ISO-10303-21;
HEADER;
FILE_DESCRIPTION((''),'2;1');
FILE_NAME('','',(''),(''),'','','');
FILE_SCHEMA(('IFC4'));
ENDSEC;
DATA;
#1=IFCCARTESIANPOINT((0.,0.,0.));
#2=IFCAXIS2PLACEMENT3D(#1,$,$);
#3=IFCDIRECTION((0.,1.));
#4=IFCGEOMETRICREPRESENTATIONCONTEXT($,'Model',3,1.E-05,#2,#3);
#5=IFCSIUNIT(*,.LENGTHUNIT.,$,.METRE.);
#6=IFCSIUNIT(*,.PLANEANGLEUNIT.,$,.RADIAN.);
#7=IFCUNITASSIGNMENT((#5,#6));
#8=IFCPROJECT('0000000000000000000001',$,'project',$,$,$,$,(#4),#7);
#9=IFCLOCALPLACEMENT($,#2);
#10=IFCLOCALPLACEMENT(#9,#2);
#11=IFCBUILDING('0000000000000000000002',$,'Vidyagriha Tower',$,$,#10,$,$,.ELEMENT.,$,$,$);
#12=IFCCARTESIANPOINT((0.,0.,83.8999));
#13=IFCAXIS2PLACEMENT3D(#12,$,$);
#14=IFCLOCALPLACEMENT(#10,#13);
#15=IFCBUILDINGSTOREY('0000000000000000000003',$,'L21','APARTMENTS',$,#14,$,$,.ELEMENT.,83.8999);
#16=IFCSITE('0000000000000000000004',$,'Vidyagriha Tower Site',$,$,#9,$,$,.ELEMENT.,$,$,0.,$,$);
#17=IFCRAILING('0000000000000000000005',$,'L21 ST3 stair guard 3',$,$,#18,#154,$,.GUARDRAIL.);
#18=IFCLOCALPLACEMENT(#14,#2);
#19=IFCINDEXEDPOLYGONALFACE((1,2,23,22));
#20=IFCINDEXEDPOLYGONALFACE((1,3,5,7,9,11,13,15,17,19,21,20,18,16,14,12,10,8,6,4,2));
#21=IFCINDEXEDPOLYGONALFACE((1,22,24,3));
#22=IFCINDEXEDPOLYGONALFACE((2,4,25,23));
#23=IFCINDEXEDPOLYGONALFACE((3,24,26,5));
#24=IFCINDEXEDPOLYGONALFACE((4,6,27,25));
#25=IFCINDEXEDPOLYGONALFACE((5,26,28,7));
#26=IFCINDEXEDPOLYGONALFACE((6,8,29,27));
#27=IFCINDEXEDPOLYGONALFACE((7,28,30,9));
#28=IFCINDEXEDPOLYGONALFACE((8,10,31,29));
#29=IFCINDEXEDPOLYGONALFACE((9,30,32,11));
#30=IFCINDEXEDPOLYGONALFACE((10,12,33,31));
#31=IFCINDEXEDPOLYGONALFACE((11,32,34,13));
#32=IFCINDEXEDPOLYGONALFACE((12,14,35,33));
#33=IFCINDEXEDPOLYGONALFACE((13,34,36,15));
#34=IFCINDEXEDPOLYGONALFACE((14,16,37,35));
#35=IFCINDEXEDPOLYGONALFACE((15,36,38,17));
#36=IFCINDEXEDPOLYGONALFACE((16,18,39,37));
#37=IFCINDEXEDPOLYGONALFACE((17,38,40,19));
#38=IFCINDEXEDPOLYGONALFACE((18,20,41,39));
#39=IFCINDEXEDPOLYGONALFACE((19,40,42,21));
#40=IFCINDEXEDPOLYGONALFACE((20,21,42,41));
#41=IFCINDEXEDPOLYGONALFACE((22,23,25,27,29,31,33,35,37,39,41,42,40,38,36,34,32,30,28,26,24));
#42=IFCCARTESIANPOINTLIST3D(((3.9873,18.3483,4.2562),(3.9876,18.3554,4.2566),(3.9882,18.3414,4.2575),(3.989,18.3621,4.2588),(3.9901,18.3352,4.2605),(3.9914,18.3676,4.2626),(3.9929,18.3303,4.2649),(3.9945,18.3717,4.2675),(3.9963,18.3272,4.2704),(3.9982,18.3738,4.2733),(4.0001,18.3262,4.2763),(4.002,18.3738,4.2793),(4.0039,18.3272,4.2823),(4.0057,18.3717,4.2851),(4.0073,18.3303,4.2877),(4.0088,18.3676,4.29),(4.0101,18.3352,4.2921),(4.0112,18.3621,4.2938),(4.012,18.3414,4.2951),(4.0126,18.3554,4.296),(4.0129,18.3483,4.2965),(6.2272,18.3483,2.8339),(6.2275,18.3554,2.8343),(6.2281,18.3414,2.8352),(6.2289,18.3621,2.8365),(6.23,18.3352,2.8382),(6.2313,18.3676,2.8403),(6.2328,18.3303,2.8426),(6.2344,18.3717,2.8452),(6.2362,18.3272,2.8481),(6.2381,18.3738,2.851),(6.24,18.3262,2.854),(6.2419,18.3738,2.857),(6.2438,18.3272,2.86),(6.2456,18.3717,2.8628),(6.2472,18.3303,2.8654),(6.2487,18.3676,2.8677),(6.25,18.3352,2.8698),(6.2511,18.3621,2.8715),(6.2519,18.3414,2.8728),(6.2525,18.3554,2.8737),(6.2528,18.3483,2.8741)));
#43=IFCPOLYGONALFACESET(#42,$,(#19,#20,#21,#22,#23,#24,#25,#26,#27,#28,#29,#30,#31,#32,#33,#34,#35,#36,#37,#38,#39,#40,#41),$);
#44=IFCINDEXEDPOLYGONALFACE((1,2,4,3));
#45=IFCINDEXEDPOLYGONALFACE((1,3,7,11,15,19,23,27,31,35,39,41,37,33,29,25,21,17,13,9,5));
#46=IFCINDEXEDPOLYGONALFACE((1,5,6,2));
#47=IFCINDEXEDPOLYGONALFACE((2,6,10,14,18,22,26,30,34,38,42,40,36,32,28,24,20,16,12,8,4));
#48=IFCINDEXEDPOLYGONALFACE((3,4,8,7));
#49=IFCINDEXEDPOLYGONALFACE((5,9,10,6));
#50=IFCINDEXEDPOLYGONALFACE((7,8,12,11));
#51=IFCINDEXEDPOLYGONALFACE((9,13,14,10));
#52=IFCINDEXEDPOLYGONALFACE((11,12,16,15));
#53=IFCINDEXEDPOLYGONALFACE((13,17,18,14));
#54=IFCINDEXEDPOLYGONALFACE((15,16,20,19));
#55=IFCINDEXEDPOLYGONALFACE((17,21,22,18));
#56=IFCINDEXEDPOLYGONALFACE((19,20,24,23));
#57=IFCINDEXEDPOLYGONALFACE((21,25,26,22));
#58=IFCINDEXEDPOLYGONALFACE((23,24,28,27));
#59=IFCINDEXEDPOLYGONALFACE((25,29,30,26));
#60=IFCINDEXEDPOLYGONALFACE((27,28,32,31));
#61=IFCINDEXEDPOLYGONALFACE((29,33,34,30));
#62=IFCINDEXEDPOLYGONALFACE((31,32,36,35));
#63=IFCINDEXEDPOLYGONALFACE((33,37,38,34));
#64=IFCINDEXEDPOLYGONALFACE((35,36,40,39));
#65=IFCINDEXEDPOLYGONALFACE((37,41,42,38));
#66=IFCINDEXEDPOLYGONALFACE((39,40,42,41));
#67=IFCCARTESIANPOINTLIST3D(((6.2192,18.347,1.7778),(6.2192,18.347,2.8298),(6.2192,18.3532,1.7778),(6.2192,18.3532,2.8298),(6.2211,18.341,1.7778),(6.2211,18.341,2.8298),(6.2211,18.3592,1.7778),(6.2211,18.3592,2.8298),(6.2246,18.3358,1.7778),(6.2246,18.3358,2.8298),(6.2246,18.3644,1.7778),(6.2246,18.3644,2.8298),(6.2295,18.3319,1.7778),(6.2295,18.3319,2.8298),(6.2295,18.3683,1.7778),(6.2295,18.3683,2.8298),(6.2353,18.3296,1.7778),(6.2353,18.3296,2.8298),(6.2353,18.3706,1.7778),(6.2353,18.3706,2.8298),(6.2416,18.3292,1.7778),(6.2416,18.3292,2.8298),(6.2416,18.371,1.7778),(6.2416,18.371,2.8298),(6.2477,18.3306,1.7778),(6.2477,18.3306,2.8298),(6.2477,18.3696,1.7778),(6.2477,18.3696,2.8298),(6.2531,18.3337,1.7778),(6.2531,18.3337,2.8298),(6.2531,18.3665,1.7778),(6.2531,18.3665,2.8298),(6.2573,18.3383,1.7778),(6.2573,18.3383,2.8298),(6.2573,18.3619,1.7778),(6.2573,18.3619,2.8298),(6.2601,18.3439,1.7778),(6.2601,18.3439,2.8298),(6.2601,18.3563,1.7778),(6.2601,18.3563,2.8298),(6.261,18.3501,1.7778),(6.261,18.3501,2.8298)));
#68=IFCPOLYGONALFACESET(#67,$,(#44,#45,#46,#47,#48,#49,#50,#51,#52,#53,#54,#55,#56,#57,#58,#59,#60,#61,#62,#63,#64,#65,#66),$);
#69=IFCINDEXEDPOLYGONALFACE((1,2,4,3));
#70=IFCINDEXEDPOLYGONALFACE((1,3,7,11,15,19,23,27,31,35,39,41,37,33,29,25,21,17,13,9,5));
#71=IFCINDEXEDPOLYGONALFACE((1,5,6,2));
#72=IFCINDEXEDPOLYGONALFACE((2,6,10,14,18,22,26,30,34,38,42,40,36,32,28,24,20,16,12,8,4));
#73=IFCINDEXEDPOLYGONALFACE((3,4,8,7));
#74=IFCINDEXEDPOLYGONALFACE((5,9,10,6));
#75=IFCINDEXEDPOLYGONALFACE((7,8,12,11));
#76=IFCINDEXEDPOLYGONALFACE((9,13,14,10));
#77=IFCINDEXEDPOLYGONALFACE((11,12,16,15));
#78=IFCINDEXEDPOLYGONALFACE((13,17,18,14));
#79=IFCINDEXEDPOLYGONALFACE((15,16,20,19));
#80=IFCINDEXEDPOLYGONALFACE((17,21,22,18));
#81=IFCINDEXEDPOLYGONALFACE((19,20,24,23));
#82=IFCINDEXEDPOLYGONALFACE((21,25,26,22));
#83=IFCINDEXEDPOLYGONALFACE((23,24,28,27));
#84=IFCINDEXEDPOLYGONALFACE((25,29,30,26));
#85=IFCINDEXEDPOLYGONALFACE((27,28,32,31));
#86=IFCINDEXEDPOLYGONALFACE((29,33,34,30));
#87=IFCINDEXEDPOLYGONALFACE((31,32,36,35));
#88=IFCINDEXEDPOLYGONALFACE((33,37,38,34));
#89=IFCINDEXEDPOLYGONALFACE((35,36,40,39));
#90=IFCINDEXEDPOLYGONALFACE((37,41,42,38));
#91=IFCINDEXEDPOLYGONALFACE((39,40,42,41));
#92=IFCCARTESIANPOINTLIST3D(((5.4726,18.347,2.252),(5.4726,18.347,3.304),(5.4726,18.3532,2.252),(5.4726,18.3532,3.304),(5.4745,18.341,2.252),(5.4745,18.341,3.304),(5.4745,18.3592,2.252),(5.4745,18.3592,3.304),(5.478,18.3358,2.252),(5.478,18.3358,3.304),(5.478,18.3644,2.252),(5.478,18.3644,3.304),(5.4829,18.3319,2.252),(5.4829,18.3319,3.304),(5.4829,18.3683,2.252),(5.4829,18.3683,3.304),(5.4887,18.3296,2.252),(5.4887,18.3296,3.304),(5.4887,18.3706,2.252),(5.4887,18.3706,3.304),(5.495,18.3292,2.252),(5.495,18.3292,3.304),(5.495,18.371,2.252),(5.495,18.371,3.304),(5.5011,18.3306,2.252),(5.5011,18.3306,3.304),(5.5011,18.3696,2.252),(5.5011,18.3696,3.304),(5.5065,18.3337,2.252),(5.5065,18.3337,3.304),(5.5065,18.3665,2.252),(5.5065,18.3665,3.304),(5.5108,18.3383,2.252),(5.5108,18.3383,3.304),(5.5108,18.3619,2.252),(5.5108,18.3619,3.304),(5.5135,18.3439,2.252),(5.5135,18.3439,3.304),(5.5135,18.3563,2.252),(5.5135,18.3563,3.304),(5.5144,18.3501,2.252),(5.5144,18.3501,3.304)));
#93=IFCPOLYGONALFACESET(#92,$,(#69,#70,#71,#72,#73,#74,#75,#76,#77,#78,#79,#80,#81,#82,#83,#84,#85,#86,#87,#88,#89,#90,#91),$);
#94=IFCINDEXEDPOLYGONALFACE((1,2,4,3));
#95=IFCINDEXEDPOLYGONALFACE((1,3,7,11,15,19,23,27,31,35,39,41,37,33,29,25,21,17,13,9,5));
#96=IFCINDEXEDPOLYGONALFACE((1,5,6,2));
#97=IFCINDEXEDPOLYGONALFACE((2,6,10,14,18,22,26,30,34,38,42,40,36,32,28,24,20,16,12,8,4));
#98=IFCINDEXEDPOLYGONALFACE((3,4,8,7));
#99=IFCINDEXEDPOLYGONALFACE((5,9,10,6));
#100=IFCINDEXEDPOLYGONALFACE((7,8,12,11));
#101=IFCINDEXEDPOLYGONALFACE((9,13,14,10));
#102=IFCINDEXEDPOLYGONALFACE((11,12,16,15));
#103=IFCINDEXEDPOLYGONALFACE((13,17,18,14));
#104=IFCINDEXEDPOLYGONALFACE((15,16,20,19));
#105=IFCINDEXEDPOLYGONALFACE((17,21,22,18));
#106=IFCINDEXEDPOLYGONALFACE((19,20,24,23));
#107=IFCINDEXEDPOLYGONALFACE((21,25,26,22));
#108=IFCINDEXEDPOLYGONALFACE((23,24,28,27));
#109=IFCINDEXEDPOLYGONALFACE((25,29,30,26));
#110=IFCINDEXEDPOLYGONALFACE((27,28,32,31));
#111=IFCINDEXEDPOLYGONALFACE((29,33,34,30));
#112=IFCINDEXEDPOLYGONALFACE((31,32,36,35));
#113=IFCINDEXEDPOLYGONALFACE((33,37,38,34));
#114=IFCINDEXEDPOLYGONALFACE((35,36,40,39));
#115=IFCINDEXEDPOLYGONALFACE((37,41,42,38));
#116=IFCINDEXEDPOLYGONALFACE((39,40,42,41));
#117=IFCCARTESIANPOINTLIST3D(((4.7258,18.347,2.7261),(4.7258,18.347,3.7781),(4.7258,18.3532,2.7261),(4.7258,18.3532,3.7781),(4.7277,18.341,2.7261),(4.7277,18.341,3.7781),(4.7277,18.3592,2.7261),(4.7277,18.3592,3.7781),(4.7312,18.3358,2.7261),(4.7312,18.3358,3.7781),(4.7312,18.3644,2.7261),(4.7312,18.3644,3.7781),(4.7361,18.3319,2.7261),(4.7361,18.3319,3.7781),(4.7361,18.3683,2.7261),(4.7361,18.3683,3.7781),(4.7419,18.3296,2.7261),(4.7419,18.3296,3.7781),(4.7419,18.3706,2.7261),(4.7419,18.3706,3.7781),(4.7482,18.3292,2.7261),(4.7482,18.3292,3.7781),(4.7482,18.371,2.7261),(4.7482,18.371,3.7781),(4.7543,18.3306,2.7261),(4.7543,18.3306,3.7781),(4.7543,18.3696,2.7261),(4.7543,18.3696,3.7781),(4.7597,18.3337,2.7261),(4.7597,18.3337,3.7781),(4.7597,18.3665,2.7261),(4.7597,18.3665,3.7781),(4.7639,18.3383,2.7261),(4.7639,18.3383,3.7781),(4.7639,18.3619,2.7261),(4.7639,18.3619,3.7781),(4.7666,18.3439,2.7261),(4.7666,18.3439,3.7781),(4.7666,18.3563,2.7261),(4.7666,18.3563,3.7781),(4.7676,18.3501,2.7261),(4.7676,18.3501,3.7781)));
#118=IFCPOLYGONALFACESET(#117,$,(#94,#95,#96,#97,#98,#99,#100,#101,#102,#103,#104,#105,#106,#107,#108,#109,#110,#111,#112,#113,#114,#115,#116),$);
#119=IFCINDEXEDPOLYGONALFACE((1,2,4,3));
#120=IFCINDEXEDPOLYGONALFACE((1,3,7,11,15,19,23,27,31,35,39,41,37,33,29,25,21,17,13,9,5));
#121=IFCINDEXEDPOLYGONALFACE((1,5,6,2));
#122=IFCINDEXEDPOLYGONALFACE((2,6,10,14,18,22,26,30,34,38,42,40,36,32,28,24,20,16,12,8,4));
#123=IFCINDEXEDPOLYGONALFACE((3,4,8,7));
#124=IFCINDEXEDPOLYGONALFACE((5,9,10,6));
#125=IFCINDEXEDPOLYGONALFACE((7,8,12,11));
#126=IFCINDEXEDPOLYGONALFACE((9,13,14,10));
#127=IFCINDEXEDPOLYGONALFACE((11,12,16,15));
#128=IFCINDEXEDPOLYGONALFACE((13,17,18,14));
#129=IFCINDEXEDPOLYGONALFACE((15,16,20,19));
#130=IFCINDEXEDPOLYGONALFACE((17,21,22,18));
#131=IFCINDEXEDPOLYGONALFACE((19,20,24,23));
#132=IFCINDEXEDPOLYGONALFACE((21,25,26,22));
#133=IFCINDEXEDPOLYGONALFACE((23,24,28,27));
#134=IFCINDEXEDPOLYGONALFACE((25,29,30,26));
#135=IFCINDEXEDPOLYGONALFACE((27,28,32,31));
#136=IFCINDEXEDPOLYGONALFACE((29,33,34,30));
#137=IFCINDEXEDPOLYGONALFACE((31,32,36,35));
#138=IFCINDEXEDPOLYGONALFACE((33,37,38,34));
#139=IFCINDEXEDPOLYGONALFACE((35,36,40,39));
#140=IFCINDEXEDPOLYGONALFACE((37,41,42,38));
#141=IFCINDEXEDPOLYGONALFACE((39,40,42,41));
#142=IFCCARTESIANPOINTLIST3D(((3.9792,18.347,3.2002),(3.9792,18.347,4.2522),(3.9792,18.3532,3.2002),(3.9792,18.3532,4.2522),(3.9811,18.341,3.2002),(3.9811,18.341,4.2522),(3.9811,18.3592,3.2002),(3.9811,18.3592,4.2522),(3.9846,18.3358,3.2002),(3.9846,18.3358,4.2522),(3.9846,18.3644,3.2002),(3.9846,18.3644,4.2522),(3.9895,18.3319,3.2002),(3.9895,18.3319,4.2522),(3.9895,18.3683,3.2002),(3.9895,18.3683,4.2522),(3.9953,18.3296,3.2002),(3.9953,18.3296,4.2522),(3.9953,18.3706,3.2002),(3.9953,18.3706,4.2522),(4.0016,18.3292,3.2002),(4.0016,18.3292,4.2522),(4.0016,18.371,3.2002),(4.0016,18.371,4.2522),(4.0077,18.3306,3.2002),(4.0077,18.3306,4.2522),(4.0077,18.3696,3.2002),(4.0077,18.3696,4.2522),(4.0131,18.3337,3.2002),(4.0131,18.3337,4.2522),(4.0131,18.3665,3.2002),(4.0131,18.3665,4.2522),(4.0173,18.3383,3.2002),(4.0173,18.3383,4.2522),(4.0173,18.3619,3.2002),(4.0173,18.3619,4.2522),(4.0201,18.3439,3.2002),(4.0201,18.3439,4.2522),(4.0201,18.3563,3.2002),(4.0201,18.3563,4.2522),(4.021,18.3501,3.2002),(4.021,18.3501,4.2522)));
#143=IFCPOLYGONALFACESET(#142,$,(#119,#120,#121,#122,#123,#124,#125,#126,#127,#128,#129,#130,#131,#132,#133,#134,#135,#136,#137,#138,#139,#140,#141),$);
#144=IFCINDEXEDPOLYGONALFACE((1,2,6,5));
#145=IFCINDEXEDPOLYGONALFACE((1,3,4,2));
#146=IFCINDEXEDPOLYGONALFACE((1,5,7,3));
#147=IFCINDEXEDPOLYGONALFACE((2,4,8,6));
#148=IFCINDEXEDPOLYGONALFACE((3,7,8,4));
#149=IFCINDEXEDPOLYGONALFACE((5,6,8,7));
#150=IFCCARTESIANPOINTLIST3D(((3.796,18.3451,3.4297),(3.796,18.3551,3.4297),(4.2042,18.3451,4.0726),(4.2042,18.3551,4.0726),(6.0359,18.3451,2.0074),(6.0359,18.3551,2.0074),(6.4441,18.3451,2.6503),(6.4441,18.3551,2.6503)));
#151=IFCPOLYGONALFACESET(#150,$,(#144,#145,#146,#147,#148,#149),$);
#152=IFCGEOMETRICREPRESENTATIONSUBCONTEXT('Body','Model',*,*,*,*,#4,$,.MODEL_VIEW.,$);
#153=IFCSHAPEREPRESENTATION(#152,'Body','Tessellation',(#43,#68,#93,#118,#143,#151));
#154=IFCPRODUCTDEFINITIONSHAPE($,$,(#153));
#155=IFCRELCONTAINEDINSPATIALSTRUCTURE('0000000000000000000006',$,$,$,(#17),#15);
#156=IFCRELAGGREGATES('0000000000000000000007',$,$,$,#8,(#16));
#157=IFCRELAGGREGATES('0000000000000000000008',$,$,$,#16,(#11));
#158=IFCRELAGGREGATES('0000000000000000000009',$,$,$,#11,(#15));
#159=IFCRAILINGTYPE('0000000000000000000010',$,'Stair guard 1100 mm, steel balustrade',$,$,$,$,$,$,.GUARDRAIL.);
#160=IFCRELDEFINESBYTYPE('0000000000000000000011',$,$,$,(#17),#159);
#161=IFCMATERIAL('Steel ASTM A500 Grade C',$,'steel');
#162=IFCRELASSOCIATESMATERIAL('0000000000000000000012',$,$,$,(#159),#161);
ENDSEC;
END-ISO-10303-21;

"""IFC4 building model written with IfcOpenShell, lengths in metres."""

from ifc_helpers import new_model, si_unit, direction, frame, origin, origin_2d, place, context, subcontext, project, spatial, rectangle, circle, extrude, material, type_object, element, save


model = new_model("IFC4")

# Units and contexts
model_context = context("Model", 3, precision=1e-05, world=origin(), true_north=direction((0.0, 1.0)))
body_context = subcontext(model_context, "Body", "Model", "MODEL_VIEW")
ifc_project = project(units=[si_unit("LENGTHUNIT", "METRE"), si_unit("PLANEANGLEUNIT", "RADIAN")], contexts=[model_context])

# Site, building, storey
site_placement = place(None, origin())
site = spatial("IfcSite", under=ifc_project, at=site_placement, Name="Vidyagriha Tower Site", CompositionType="ELEMENT", RefElevation=0.0)
building_placement = place(site_placement, origin())
building = spatial("IfcBuilding", under=site, at=building_placement, Name="Vidyagriha Tower", CompositionType="ELEMENT")
storey_placement = place(building_placement, frame((0.0, 0.0, 83.8999)))
storey = spatial("IfcBuildingStorey", under=building, at=storey_placement, Name="L21", Description="APARTMENTS", CompositionType="ELEMENT", Elevation=83.8999)

# Railing
ifc_material_1 = material(Name="Steel ASTM A500 Grade C", Category="steel")
railing_type_1 = type_object("IfcRailingType", Name="Stair guard 1100 mm, steel balustrade", PredefinedType="GUARDRAIL", material=ifc_material_1)
railing_1_placement = place(storey_placement, frame((6.24, 18.3501, 1.7778)))
element("IfcRailing", 1, at=railing_1_placement, inside=storey, type_object=railing_type_1, Name="L21 ST3 stair guard 3", PredefinedType="GUARDRAIL", context=body_context, shape_type="SweptSolid", body=[
    extrude(circle(Radius=0.0239, at=origin_2d()), frame((0.0, 0.0, 1.0762), z_axis=(-0.844188, 0.0, 0.536048), x_axis=(0.0, -1.0, 0.0)), (0.0, 0.0, 1.0), 2.6533),
    extrude(circle(Radius=0.021, at=origin_2d()), origin(), (0.0, 0.0, 1.0), 1.052),
    extrude(circle(Radius=0.021, at=origin_2d()), frame((-0.7466, 0.0, 0.4741)), (0.0, 0.0, 1.0), 1.052),
    extrude(circle(Radius=0.021, at=origin_2d()), frame((-1.4934, 0.0, 0.9482)), (0.0, 0.0, 1.0), 1.052),
    extrude(circle(Radius=0.021, at=origin_2d()), frame((-2.24, 0.0, 1.4224)), (0.0, 0.0, 1.0), 1.052),
    extrude(rectangle(XDim=0.01, YDim=0.7615, at=origin_2d()), frame((0.0, 0.0, 0.551), z_axis=(-0.844188, 0.0, 0.536048), x_axis=(0.0, -1.0, 0.0)), (0.0, 0.0, 1.0), 2.6533),
])

save(model, "model.ifc")
